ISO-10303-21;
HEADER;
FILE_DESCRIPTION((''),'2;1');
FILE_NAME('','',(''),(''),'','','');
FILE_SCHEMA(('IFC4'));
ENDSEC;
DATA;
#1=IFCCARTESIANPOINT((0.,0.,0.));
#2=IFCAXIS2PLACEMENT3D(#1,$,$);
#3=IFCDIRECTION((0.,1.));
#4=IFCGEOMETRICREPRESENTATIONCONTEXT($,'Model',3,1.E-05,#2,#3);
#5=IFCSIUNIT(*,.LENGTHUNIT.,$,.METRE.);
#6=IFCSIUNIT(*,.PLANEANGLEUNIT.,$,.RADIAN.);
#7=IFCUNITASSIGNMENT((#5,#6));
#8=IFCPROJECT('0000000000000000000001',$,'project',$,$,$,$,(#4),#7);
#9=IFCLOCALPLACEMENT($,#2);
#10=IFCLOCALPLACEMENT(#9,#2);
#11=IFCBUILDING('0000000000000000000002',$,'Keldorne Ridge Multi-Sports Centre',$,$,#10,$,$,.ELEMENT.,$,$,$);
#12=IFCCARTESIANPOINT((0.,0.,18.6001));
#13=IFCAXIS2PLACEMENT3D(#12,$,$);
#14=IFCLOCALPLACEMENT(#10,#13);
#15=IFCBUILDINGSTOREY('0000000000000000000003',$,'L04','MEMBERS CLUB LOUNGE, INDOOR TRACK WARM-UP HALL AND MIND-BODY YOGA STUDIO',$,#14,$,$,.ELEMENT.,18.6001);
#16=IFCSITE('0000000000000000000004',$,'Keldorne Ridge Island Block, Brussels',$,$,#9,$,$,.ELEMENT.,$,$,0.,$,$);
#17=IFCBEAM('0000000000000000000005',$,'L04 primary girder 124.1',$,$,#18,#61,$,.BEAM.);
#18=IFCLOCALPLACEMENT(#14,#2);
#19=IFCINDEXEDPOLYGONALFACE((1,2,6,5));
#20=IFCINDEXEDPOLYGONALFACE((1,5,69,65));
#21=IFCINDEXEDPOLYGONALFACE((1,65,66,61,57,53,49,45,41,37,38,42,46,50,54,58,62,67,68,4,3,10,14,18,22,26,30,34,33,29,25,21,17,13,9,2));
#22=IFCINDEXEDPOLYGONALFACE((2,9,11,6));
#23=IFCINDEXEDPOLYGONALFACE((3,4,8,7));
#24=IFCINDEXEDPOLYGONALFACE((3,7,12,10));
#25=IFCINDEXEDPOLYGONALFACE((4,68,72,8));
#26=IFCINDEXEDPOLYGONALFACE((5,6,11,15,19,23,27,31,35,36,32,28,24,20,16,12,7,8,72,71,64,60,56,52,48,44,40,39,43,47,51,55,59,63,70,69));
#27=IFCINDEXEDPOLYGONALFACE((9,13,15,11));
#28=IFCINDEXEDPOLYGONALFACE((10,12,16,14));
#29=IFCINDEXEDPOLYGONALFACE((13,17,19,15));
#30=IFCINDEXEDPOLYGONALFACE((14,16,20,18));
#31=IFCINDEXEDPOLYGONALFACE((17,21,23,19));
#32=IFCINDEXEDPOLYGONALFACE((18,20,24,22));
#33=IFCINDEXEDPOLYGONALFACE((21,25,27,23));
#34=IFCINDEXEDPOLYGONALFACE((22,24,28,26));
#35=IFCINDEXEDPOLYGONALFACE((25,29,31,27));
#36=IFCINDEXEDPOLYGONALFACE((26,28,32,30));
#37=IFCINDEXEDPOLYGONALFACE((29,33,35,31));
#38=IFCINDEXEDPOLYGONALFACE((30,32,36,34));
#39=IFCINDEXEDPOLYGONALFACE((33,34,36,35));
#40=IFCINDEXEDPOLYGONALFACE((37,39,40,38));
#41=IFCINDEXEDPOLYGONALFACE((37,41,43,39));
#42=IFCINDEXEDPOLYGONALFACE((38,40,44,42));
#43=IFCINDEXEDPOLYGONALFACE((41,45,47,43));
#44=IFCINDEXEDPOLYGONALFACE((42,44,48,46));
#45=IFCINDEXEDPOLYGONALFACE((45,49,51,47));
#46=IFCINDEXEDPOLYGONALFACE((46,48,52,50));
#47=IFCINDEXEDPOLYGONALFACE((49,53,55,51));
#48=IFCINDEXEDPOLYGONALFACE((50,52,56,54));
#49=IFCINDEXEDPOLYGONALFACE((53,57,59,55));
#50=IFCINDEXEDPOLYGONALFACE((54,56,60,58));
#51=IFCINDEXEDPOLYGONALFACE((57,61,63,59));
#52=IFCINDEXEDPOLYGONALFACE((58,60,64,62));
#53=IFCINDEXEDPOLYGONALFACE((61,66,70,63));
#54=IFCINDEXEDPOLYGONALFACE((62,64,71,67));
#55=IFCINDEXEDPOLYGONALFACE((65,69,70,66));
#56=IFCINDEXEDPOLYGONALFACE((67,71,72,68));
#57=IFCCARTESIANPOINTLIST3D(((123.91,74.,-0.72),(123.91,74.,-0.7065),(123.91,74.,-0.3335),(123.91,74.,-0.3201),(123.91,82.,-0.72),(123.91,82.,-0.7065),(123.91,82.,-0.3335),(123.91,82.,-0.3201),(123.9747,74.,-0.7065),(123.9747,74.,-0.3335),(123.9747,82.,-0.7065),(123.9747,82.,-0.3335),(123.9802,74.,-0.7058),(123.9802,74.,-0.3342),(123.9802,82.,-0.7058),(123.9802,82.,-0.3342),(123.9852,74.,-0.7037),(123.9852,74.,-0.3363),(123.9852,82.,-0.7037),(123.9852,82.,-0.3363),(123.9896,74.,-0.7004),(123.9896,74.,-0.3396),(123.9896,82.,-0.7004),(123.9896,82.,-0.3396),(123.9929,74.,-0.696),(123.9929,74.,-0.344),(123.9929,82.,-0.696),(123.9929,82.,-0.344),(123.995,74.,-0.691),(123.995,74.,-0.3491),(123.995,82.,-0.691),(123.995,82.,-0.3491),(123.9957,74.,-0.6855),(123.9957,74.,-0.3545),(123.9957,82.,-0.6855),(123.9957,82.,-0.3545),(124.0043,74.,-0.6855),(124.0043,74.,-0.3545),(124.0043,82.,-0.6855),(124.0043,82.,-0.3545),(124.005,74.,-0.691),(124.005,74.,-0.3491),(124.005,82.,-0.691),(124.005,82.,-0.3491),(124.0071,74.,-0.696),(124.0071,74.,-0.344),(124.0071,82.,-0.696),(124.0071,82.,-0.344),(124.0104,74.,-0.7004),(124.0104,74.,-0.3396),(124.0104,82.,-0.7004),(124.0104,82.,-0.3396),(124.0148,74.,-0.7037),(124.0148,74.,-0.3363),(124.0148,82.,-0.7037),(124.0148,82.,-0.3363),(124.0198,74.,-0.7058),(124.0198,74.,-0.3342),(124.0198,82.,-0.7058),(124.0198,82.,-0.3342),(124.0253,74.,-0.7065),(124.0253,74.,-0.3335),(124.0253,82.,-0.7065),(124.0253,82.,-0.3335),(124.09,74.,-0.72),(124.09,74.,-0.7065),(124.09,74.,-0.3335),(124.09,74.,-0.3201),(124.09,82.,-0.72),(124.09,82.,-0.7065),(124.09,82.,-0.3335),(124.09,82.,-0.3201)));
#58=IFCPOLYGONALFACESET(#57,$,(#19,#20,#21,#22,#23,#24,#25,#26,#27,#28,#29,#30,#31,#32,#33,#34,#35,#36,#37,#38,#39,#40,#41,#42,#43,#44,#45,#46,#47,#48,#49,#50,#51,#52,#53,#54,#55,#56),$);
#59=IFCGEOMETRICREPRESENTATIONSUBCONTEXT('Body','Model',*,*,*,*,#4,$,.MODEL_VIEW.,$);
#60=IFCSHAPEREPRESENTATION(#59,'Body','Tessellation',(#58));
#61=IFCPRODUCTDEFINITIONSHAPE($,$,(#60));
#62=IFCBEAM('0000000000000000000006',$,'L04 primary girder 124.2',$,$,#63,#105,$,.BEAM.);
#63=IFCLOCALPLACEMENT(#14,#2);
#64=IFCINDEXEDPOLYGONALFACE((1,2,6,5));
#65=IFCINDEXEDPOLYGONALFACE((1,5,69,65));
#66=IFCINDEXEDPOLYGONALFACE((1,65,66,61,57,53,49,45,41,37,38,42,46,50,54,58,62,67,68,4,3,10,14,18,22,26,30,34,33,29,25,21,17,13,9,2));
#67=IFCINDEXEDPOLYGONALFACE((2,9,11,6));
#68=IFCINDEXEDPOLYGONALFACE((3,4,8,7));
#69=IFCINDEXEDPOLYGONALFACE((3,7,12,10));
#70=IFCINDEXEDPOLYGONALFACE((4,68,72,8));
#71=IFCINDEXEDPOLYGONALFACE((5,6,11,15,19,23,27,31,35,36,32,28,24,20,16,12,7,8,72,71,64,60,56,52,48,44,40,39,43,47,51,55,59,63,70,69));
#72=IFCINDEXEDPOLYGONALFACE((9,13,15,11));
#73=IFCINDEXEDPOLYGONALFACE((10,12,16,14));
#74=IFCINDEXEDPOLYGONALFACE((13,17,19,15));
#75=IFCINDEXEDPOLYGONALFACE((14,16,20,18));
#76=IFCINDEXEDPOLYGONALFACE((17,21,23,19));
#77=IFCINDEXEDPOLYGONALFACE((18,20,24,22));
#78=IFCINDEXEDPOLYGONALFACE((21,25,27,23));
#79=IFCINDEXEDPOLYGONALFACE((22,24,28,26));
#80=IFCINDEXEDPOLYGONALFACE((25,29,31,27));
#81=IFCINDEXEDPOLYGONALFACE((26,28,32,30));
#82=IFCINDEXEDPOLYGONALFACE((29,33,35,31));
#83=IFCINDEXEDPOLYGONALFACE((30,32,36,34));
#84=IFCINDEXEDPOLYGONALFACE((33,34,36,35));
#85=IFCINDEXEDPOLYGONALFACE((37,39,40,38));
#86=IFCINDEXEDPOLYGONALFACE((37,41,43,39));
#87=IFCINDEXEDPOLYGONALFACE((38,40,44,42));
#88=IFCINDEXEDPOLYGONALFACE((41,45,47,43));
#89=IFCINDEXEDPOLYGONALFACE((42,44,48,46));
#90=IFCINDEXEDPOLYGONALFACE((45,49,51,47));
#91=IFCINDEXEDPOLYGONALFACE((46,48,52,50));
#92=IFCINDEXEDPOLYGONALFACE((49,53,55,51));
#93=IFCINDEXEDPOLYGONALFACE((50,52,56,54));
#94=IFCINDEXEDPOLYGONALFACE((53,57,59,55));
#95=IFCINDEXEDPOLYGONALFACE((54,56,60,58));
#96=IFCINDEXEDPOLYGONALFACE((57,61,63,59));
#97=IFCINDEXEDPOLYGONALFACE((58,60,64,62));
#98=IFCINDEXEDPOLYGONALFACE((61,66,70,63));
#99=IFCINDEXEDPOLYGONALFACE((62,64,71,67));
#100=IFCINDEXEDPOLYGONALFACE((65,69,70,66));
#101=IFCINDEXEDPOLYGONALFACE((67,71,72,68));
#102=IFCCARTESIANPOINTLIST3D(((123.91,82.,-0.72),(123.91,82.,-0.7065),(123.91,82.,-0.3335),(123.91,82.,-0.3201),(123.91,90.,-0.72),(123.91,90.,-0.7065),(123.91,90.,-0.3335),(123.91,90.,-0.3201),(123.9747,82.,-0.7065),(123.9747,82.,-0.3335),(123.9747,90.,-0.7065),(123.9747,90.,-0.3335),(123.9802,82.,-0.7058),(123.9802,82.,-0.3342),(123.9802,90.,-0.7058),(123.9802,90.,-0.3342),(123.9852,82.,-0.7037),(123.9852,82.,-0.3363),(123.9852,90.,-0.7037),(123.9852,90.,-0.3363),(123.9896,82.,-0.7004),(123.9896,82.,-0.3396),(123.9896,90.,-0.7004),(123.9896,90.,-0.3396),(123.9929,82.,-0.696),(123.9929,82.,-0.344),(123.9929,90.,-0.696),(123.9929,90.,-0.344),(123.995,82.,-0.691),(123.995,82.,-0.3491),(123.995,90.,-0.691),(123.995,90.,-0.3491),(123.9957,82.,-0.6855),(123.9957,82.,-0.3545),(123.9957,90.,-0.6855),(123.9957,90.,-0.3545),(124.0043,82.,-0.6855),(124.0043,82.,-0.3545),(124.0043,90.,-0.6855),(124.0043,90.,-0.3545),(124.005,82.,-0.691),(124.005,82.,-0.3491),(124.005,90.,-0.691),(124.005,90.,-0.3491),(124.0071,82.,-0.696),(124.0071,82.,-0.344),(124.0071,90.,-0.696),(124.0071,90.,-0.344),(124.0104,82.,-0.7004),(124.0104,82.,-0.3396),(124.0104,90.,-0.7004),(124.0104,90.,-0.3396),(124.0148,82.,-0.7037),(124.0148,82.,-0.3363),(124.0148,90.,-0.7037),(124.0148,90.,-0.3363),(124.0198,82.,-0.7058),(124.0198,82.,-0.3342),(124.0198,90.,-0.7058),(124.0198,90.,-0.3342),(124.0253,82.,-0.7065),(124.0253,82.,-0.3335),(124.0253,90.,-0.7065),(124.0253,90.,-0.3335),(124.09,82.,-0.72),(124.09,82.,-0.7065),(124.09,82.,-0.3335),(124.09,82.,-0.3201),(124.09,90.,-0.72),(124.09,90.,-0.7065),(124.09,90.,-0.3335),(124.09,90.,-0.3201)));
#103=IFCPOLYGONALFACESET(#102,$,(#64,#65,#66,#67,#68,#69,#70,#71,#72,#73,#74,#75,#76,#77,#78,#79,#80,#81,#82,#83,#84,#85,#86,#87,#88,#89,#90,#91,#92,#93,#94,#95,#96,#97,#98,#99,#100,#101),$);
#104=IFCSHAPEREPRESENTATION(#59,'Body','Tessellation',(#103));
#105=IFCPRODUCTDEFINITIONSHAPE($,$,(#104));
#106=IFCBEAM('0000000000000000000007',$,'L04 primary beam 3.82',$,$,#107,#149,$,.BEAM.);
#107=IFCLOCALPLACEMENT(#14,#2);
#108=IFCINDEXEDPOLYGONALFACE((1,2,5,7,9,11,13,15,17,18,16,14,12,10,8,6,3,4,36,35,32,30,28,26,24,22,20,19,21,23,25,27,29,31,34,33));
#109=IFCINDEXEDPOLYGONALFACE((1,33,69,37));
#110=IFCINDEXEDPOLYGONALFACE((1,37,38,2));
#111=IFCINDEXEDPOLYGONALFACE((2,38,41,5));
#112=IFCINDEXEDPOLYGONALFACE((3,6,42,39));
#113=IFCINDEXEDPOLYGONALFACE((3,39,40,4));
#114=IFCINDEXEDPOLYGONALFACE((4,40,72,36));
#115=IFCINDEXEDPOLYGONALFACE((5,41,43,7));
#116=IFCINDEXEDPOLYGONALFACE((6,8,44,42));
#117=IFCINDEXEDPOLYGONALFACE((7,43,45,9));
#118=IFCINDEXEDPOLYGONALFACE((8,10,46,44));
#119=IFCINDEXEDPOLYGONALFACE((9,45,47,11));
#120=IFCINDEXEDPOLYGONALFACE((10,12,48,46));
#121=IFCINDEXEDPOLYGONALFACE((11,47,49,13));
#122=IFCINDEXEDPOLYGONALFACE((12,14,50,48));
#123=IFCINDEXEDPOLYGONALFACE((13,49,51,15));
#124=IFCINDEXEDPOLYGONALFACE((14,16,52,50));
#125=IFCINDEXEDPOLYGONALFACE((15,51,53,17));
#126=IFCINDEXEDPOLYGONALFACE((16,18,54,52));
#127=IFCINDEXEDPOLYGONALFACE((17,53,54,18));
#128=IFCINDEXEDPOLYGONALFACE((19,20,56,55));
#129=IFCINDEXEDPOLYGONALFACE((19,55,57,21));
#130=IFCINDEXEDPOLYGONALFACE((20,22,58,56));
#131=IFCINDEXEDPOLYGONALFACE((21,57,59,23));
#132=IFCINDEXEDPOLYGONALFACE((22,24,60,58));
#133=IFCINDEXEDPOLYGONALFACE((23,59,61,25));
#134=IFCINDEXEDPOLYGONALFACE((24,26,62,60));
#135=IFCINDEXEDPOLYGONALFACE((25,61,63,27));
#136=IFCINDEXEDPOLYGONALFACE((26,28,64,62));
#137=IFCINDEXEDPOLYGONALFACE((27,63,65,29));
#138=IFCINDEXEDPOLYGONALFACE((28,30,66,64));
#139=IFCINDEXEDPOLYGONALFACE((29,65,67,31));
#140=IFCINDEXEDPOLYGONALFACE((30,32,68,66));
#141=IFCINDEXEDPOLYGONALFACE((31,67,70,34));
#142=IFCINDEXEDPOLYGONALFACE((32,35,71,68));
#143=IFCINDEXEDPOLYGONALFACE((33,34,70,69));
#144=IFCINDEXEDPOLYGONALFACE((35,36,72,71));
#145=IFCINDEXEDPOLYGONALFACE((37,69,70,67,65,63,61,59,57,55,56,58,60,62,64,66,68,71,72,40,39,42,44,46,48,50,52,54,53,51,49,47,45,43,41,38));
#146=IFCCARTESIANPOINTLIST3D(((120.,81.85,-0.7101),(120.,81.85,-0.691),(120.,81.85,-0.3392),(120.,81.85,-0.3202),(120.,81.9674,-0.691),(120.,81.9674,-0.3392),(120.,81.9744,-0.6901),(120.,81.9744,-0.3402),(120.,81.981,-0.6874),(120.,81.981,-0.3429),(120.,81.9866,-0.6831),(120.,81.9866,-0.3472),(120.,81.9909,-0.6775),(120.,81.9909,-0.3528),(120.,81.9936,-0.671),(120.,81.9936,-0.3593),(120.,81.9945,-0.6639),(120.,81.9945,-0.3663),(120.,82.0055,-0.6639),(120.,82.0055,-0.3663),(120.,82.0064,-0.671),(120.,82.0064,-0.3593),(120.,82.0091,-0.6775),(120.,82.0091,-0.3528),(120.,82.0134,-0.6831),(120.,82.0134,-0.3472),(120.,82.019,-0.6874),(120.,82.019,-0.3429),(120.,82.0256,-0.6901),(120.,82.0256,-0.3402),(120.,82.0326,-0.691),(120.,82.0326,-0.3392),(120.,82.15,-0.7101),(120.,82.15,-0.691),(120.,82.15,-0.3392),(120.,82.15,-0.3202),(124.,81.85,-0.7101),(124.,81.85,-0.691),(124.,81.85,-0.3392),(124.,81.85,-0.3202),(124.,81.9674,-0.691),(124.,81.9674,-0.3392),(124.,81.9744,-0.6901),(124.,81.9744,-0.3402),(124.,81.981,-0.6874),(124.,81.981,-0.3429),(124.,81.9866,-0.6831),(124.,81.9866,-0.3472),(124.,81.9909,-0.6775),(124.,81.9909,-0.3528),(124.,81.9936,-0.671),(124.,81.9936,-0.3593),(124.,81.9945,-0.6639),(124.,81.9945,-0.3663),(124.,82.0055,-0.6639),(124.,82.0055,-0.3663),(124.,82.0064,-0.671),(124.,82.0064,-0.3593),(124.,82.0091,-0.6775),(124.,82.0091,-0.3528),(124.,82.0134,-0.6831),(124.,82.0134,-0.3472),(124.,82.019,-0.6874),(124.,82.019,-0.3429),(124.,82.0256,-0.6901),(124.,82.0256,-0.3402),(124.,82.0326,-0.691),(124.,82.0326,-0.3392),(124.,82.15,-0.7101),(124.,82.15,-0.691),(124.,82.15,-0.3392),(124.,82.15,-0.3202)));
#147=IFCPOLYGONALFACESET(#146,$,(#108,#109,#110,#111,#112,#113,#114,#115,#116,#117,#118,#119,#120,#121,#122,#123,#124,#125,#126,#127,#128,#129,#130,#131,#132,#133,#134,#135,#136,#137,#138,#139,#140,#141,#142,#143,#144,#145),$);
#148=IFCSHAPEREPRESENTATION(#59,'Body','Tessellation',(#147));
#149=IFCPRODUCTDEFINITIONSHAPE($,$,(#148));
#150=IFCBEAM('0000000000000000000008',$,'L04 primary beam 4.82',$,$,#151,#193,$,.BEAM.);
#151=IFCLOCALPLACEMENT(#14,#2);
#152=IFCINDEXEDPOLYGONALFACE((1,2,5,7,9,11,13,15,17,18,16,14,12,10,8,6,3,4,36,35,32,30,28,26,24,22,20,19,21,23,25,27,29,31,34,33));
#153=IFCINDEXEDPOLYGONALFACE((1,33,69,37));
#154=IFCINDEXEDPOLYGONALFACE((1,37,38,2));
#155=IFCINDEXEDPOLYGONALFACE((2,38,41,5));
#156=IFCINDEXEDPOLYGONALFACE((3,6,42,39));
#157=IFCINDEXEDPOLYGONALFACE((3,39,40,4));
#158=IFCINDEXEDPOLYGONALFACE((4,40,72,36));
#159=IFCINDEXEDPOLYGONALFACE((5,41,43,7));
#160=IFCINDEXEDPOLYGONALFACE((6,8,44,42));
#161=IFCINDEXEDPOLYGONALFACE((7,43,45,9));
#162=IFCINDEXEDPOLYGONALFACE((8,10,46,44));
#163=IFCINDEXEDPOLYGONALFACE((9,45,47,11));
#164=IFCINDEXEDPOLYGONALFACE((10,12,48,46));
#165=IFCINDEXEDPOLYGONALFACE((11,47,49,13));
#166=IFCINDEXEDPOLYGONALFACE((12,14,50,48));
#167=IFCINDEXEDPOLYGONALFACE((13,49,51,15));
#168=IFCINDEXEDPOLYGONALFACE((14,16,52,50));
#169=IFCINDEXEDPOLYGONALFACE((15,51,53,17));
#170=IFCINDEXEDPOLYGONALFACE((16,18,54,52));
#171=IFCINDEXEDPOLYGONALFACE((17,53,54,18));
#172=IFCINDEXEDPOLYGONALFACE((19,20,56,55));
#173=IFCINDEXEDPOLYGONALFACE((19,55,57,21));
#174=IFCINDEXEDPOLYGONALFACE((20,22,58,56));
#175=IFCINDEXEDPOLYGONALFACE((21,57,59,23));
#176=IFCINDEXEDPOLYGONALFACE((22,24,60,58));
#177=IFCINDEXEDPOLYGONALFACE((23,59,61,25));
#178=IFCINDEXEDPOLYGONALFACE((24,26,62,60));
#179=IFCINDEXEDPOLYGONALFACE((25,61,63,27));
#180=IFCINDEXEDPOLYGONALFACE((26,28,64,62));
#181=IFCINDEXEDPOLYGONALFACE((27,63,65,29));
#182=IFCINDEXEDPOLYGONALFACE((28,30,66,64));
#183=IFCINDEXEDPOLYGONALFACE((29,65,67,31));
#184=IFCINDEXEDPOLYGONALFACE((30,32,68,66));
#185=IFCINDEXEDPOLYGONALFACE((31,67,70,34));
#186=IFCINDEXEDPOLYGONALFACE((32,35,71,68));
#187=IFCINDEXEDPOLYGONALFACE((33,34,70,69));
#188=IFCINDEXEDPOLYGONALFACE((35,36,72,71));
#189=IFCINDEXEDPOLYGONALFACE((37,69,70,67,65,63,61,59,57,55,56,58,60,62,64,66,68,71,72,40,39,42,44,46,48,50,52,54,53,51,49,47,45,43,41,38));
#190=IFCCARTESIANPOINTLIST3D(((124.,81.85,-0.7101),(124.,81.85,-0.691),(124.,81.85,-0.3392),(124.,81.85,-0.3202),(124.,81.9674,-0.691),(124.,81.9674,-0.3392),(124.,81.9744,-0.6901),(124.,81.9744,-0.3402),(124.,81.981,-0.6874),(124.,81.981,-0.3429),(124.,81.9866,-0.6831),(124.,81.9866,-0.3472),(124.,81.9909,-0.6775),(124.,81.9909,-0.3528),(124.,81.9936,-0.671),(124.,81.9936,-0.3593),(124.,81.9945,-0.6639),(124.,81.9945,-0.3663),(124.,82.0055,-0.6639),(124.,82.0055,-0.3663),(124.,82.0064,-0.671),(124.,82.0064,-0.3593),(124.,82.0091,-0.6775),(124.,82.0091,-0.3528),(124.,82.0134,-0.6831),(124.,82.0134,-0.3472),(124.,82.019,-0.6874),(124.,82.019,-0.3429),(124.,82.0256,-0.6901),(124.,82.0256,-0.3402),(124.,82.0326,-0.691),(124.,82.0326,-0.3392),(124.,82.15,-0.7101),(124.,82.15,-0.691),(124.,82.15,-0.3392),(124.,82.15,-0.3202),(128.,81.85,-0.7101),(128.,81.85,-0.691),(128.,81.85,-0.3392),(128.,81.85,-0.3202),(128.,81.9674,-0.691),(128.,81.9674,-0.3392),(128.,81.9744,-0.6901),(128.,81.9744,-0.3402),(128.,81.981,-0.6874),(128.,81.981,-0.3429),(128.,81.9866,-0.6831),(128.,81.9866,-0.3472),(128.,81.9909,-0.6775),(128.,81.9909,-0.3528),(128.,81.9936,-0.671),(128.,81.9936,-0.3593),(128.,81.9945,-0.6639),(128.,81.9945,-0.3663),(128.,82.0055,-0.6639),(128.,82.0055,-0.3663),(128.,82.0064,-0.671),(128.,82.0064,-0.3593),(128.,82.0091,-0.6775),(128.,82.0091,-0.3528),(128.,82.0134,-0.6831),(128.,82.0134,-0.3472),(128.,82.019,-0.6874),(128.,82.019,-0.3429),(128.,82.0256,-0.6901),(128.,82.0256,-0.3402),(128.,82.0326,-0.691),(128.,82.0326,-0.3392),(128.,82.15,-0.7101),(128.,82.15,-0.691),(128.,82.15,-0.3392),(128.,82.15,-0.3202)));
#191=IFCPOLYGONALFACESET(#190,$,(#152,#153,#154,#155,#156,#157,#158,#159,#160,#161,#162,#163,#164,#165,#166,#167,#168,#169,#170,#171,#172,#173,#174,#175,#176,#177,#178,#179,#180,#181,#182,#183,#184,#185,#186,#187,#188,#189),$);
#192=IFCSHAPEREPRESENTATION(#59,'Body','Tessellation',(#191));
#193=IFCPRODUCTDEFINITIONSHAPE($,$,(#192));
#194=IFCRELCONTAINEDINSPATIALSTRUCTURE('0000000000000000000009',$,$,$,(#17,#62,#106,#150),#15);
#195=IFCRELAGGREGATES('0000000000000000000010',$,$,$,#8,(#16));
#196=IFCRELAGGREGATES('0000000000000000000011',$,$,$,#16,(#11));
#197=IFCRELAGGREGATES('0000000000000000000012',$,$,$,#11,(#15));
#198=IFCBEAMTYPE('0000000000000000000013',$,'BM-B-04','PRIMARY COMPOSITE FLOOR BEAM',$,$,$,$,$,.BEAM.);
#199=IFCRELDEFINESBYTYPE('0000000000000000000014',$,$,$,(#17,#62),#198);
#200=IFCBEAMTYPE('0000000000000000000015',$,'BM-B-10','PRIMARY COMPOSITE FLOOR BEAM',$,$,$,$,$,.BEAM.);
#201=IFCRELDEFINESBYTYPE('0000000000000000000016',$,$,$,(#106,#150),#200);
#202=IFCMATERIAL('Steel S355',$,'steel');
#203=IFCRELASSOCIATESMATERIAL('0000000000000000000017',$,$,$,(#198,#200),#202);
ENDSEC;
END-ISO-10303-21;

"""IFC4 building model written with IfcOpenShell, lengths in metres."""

from ifc_helpers import new_model, si_unit, direction, frame, origin, origin_2d, place, context, subcontext, project, spatial, i_section, extrude, material, material_profile, profile_set, type_object, element, save


model = new_model("IFC4")

# Units and contexts
model_context = context("Model", 3, precision=1e-05, world=origin(), true_north=direction((0.0, 1.0)))
body_context = subcontext(model_context, "Body", "Model", "MODEL_VIEW")
ifc_project = project(units=[si_unit("LENGTHUNIT", "METRE"), si_unit("PLANEANGLEUNIT", "RADIAN")], contexts=[model_context])

# Site, building, storey
site_placement = place(None, origin())
site = spatial("IfcSite", under=ifc_project, at=site_placement, Name="Keldorne Ridge Island Block, Brussels", CompositionType="ELEMENT", RefElevation=0.0)
building_placement = place(site_placement, origin())
building = spatial("IfcBuilding", under=site, at=building_placement, Name="Keldorne Ridge Multi-Sports Centre", CompositionType="ELEMENT")
storey_placement = place(building_placement, frame((0.0, 0.0, 18.6001)))
storey = spatial("IfcBuildingStorey", under=building, at=storey_placement, Name="L04", Description="MEMBERS CLUB LOUNGE, INDOOR TRACK WARM-UP HALL AND MIND-BODY YOGA STUDIO", CompositionType="ELEMENT", Elevation=18.6001)

# Shared definitions
ifc_material_1 = material(Name="Steel S355", Category="steel")

# Beams
ifc_material_profile_1 = material_profile(ifc_material_1, i_section(OverallWidth=0.1799, OverallDepth=0.3999, WebThickness=0.0085, FlangeThickness=0.0134, FilletRadius=0.021, at=origin_2d()), Name="IPE 400")
ifc_profile_set_1 = profile_set([ifc_material_profile_1], Name="Steel S355")
beam_type_1 = type_object("IfcBeamType", Name="BM-B-04", Description="PRIMARY COMPOSITE FLOOR BEAM", PredefinedType="BEAM", material=ifc_profile_set_1)
for number, where, z_axis, x_axis, name in (
    (1, (124.0, 74.0, -0.52), (0.0, 1.0, 0.0), (-1.0, 0.0, 0.0), "L04 primary girder 124.1"),
    (2, (124.0, 82.0, -0.52), (0.0, 1.0, 0.0), (-1.0, 0.0, 0.0), "L04 primary girder 124.2"),
):
    element("IfcBeam", number, at=place(storey_placement, frame(where, z_axis=z_axis, x_axis=x_axis)), inside=storey, type_object=beam_type_1, Name=name, PredefinedType="BEAM", context=body_context, shape_type="SweptSolid", body=[
        extrude(i_section(OverallWidth=0.1799, OverallDepth=0.3999, WebThickness=0.0085, FlangeThickness=0.0134, FilletRadius=0.021, at=origin_2d()), origin(), (0.0, 0.0, 1.0), 8.0),
    ])
ifc_material_profile_2 = material_profile(ifc_material_1, i_section(OverallWidth=0.3, OverallDepth=0.3899, WebThickness=0.011, FlangeThickness=0.019, FilletRadius=0.0271, at=origin_2d()), Name="HEA 400")
ifc_profile_set_2 = profile_set([ifc_material_profile_2], Name="Steel S355")
beam_type_2 = type_object("IfcBeamType", Name="BM-B-10", Description="PRIMARY COMPOSITE FLOOR BEAM", PredefinedType="BEAM", material=ifc_profile_set_2)
for number, where, z_axis, x_axis, name in (
    (3, (120.0, 82.0, -0.5151), (1.0, 0.0, 0.0), (0.0, 1.0, 0.0), "L04 primary beam 3.82"),
    (4, (124.0, 82.0, -0.5151), (1.0, 0.0, 0.0), (0.0, 1.0, 0.0), "L04 primary beam 4.82"),
):
    element("IfcBeam", number, at=place(storey_placement, frame(where, z_axis=z_axis, x_axis=x_axis)), inside=storey, type_object=beam_type_2, Name=name, PredefinedType="BEAM", context=body_context, shape_type="SweptSolid", body=[
        extrude(i_section(OverallWidth=0.3, OverallDepth=0.3899, WebThickness=0.011, FlangeThickness=0.019, FilletRadius=0.0271, at=origin_2d()), origin(), (0.0, 0.0, 1.0), 4.0),
    ])

save(model, "model.ifc")
